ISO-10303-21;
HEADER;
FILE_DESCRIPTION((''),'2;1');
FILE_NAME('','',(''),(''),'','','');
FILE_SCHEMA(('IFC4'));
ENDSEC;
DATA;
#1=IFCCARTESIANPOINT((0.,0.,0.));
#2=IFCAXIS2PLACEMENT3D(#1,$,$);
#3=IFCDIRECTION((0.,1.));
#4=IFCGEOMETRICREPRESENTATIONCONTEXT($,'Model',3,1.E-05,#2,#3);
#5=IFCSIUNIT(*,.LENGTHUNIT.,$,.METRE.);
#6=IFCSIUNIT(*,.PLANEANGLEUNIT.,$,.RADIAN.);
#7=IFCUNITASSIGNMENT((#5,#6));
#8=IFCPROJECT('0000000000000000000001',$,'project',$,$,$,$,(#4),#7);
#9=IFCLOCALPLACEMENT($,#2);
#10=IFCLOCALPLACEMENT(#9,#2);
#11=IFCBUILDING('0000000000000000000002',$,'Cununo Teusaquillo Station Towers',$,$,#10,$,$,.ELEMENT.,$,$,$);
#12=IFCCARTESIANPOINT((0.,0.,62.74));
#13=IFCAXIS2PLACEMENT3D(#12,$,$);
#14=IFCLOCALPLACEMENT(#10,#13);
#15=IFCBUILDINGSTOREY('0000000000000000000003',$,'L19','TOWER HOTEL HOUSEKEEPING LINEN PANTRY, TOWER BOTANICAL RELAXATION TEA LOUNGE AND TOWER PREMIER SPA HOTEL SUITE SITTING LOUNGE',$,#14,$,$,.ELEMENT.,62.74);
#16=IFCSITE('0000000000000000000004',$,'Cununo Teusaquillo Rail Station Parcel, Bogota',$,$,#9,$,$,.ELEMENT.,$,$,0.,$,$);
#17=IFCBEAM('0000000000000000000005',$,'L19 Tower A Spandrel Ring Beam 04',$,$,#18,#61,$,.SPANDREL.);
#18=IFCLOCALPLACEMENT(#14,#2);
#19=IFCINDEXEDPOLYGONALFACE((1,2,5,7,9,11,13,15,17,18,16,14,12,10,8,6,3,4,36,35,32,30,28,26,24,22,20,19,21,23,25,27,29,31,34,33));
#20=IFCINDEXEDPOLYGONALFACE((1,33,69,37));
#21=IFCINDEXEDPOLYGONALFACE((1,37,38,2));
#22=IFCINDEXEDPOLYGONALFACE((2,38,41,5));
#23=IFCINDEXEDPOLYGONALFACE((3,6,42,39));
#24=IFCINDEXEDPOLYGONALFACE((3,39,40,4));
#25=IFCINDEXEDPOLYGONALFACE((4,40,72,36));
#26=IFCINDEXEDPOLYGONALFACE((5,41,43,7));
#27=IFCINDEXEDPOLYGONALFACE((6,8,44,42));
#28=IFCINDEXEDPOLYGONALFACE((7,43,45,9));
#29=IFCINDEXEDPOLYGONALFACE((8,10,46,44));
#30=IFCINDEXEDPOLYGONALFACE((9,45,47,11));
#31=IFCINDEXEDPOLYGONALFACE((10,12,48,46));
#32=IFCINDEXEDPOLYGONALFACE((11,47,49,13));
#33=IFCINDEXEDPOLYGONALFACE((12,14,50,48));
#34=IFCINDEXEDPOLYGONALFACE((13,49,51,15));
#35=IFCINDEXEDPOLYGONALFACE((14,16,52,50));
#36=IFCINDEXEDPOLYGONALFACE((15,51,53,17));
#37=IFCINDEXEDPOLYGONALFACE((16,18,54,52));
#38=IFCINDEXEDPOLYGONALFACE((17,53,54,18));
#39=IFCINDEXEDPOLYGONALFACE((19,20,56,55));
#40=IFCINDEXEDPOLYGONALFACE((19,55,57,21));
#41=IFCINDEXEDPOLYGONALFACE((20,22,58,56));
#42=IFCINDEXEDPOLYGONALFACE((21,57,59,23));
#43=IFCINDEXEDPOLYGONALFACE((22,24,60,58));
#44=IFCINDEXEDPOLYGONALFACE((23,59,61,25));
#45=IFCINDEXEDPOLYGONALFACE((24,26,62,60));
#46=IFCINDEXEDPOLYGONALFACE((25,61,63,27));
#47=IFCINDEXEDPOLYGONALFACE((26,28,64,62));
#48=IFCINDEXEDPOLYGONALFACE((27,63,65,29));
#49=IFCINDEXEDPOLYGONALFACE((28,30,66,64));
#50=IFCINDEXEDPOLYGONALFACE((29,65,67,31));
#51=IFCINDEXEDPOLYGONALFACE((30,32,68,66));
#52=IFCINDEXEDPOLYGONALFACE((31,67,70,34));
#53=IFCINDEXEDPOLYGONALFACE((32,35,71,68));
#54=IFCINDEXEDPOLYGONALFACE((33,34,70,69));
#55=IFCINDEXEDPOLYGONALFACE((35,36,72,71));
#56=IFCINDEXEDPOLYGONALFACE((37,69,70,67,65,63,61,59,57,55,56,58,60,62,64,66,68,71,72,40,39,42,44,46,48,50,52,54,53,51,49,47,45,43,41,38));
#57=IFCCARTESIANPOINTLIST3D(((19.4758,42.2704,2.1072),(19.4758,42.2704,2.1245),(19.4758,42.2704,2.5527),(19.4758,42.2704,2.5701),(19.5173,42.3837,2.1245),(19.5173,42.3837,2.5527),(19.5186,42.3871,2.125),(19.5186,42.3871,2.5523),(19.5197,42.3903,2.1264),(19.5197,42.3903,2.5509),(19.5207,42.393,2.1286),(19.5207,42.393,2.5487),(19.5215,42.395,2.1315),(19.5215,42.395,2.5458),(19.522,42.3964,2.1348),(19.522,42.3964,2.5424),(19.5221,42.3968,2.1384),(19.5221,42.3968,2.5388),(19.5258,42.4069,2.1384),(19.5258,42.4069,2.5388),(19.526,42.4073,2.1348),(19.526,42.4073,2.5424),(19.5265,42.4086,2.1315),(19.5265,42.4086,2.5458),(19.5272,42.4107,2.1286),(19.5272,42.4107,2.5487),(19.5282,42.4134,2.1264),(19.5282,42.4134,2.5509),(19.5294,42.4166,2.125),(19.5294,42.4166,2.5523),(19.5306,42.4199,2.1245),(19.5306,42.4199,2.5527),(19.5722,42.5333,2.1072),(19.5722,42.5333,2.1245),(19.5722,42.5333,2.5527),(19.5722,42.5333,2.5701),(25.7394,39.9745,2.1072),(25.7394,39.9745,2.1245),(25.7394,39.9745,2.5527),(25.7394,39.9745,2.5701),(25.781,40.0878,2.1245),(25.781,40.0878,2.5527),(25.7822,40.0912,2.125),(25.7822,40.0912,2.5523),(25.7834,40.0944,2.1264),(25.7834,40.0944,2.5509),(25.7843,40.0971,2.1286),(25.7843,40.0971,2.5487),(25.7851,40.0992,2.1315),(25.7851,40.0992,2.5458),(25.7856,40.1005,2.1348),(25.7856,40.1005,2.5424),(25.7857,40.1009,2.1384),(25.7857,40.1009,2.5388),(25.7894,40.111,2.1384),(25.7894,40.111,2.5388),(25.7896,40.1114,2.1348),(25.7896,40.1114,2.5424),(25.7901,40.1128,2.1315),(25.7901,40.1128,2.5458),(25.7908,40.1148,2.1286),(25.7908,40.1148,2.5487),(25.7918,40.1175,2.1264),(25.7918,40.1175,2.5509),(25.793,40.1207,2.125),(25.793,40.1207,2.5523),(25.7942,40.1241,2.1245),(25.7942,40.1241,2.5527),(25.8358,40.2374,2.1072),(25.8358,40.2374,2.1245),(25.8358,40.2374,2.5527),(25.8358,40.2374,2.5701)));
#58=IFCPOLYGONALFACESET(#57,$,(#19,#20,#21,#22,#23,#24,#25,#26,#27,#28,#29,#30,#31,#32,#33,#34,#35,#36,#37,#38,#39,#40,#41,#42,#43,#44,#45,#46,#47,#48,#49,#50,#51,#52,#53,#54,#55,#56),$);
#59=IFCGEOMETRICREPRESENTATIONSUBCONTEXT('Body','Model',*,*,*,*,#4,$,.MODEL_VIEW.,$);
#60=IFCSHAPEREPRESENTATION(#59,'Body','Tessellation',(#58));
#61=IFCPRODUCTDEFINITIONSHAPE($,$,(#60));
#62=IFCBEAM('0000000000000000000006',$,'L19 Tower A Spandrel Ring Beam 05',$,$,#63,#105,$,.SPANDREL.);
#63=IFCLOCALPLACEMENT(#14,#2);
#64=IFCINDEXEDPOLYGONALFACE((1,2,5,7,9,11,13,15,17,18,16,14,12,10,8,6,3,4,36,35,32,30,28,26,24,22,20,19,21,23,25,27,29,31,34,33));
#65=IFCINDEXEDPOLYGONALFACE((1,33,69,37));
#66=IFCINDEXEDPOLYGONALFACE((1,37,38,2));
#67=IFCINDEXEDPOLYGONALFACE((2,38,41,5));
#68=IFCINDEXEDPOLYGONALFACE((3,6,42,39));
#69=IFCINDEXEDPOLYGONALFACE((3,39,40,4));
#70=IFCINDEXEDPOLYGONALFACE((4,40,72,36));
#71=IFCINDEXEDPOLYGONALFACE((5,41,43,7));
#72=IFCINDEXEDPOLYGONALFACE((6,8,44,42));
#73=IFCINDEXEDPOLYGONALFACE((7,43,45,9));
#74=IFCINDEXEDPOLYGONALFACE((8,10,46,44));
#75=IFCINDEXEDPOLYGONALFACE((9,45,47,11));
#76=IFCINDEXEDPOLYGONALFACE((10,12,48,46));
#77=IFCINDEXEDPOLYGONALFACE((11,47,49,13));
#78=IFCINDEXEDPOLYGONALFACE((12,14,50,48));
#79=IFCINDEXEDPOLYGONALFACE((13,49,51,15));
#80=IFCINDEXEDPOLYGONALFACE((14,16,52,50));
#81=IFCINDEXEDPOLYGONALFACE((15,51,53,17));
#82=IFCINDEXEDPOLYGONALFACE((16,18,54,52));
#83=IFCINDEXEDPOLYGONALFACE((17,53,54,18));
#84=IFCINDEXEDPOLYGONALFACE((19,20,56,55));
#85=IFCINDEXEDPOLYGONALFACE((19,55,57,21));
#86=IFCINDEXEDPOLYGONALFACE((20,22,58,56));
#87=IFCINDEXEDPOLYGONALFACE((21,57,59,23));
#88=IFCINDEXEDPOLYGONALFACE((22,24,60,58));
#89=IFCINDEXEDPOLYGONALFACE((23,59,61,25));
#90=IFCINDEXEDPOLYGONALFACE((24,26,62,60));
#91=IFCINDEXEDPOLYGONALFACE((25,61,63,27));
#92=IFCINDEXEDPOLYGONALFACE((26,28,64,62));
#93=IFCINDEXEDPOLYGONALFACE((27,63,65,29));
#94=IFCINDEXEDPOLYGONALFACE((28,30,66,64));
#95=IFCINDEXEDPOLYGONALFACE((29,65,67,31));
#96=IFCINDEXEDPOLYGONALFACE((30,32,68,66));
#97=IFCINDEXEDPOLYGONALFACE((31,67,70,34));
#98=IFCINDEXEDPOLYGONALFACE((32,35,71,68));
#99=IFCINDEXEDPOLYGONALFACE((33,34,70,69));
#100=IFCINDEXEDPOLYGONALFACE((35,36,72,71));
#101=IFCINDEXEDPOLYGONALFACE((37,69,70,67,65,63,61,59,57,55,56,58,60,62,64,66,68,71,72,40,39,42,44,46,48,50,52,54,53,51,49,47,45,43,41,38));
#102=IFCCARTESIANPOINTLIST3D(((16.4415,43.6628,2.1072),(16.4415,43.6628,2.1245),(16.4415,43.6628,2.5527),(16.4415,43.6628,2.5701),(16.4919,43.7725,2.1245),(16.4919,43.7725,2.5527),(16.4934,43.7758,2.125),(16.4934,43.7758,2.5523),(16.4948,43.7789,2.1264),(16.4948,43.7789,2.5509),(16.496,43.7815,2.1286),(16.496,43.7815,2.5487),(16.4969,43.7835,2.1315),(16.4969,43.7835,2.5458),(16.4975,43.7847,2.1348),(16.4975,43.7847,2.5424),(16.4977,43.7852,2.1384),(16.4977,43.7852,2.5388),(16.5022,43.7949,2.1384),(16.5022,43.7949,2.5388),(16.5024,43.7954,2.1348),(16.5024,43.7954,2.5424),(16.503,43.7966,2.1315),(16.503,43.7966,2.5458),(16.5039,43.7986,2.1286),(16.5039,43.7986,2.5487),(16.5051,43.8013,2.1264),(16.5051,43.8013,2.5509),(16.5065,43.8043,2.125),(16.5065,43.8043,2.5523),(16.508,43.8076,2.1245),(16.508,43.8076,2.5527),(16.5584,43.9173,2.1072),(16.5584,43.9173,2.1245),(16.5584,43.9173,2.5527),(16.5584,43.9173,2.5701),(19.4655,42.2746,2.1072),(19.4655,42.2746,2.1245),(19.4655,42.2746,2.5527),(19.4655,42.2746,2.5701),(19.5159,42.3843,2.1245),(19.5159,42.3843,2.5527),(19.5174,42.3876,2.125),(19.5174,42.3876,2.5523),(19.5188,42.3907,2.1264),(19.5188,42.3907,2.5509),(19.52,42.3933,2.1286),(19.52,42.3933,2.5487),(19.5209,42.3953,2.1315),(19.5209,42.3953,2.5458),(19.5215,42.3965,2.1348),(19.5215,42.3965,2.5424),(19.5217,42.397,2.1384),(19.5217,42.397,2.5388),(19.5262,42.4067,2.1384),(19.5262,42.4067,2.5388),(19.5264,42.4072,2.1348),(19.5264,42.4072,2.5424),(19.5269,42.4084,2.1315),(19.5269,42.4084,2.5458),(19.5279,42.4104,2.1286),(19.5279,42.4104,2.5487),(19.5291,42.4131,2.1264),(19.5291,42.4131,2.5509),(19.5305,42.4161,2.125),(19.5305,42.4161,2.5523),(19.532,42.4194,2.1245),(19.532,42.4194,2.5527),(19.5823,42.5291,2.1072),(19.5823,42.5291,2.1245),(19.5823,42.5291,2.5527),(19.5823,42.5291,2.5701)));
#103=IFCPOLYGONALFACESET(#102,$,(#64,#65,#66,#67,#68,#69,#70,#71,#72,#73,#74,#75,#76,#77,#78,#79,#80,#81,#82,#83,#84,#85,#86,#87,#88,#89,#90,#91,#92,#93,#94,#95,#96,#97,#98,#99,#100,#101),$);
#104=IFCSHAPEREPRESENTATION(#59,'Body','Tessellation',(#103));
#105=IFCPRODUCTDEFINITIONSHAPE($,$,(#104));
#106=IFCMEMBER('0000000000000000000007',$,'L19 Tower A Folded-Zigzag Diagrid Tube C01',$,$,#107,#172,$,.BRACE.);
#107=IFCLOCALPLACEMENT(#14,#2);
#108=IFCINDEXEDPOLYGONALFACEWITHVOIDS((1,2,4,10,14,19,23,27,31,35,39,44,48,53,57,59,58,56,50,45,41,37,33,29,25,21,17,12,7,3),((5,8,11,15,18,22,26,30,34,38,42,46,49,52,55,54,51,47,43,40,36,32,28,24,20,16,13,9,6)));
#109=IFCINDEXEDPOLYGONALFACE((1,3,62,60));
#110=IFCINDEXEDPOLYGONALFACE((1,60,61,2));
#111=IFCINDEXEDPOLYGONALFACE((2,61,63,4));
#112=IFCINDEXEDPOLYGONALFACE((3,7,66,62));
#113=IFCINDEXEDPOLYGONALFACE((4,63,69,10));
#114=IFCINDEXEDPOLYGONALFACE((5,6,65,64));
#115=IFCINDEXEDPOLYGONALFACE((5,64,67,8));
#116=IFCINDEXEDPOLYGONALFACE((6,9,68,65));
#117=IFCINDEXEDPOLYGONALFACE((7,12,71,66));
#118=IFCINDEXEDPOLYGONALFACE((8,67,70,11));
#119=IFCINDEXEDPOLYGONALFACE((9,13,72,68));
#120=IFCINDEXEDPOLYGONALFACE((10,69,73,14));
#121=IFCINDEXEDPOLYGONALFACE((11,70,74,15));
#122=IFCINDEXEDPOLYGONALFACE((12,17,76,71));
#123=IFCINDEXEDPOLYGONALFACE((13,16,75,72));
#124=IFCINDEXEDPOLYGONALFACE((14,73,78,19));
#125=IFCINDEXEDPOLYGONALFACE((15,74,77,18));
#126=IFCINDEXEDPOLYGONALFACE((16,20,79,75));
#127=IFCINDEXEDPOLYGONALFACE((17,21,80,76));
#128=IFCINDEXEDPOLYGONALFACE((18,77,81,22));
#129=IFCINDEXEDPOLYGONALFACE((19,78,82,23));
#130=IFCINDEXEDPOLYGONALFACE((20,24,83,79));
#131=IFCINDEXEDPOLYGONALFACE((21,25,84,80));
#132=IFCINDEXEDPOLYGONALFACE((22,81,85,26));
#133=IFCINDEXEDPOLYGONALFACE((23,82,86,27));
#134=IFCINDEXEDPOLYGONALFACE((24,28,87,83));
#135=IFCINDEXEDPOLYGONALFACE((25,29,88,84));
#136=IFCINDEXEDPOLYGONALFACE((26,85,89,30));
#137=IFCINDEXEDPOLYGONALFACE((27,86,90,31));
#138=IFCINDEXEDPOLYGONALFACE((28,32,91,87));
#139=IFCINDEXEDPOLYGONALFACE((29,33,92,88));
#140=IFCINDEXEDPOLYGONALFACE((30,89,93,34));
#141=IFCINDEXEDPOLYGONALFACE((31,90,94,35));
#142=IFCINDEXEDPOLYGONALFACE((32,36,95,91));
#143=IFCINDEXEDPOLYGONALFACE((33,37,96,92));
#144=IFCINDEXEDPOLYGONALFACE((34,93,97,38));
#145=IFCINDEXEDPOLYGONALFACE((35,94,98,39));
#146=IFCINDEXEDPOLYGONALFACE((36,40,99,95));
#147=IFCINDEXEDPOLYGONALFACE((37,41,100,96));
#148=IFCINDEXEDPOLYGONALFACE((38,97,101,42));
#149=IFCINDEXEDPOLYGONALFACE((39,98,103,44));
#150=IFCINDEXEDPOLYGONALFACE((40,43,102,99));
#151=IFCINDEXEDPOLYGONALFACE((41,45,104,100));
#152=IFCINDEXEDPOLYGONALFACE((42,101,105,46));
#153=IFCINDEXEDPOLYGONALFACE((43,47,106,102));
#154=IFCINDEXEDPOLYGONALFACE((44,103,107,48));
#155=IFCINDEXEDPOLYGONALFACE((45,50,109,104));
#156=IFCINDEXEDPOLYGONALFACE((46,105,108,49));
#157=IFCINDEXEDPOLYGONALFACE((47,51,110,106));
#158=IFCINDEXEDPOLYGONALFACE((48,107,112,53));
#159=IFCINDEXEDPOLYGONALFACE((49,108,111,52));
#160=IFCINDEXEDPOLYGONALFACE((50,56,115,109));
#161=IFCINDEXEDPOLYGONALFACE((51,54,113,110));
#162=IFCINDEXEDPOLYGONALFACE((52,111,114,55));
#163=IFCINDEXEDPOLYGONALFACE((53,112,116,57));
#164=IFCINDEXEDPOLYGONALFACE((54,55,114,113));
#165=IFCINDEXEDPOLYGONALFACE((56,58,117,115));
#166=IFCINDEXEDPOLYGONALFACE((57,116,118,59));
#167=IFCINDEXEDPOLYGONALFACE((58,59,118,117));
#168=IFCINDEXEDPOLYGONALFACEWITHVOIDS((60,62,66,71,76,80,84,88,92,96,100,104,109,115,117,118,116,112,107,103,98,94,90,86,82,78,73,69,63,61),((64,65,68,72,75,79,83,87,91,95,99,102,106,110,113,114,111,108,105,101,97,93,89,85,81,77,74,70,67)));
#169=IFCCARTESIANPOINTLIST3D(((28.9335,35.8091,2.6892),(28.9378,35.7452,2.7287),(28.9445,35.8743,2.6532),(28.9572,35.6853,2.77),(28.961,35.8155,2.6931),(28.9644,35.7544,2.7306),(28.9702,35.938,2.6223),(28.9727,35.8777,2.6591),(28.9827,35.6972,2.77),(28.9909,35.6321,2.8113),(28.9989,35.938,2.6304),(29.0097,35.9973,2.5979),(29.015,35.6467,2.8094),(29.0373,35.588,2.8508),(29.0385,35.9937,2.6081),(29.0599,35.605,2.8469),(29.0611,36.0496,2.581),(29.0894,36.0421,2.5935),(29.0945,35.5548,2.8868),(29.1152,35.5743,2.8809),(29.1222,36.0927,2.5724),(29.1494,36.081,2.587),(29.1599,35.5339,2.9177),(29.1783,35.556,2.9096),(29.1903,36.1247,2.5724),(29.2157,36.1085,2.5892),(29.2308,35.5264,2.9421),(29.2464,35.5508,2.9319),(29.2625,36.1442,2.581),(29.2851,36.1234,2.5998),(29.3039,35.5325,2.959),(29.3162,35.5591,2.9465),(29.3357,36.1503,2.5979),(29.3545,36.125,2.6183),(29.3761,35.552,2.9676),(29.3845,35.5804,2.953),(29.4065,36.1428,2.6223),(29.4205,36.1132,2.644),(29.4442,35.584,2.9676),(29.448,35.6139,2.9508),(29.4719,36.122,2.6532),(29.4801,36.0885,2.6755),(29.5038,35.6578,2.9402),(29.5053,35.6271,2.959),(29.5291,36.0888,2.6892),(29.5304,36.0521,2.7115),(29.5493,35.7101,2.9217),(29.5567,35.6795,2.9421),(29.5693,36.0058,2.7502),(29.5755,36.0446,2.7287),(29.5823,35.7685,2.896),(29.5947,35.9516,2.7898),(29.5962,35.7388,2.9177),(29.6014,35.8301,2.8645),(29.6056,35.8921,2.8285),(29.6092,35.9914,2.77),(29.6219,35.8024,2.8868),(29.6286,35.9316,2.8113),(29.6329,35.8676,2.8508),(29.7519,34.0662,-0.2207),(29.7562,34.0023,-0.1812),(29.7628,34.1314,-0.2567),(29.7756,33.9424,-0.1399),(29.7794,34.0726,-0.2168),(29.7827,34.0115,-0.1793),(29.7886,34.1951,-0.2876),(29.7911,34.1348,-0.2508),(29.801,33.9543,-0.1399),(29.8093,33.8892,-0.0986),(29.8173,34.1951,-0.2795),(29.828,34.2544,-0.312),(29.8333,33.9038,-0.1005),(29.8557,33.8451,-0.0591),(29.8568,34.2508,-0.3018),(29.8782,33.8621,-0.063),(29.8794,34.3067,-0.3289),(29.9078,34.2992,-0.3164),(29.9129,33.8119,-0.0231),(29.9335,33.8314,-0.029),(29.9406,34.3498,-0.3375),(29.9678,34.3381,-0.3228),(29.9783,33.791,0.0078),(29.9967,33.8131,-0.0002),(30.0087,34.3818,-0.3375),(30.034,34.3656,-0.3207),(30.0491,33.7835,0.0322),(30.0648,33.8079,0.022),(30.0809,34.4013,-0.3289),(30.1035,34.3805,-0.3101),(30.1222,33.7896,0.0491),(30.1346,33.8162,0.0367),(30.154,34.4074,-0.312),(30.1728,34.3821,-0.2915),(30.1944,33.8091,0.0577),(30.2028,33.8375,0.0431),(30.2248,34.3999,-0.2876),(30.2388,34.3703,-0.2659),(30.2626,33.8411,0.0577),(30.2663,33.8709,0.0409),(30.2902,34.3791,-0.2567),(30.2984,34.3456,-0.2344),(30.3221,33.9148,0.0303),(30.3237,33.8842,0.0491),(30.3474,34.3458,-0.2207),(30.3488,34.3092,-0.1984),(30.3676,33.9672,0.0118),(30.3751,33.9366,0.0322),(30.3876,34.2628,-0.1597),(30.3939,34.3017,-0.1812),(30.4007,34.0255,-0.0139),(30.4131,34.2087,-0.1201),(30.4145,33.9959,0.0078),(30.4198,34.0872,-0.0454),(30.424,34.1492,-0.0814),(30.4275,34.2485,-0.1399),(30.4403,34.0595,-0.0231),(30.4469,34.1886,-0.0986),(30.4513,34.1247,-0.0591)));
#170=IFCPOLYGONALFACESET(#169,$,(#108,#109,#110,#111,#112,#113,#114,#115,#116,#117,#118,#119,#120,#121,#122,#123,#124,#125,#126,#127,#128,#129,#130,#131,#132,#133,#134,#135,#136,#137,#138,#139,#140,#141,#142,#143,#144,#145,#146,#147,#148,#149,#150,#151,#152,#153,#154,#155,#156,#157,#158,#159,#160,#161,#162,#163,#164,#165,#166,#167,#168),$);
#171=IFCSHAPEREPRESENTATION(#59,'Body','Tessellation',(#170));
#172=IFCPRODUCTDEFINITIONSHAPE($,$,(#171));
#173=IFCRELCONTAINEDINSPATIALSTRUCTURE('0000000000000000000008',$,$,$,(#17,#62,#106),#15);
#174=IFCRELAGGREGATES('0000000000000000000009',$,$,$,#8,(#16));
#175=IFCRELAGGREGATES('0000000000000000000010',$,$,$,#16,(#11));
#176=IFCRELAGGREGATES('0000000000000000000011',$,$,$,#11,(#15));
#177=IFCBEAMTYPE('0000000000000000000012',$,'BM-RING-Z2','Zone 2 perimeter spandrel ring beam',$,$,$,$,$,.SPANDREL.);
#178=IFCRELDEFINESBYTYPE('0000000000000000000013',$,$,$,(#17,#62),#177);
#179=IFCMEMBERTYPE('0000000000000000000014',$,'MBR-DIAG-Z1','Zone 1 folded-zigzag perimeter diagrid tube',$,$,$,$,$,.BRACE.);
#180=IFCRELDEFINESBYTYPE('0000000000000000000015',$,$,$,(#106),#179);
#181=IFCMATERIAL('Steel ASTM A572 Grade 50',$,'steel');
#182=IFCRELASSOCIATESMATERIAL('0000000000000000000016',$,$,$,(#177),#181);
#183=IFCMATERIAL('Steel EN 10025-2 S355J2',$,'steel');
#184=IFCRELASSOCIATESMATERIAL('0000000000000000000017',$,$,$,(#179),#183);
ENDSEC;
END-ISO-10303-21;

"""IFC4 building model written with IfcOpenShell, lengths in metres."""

from ifc_helpers import new_model, si_unit, direction, frame, origin, origin_2d, place, context, subcontext, project, spatial, hollow_circle, i_section, extrude, material, material_profile, profile_set, type_object, element, save


model = new_model("IFC4")

# Units and contexts
model_context = context("Model", 3, precision=1e-05, world=origin(), true_north=direction((0.0, 1.0)))
body_context = subcontext(model_context, "Body", "Model", "MODEL_VIEW")
ifc_project = project(units=[si_unit("LENGTHUNIT", "METRE"), si_unit("PLANEANGLEUNIT", "RADIAN")], contexts=[model_context])

# Site, building, storey
site_placement = place(None, origin())
site = spatial("IfcSite", under=ifc_project, at=site_placement, Name="Cununo Teusaquillo Rail Station Parcel, Bogota", CompositionType="ELEMENT", RefElevation=0.0)
building_placement = place(site_placement, origin())
building = spatial("IfcBuilding", under=site, at=building_placement, Name="Cununo Teusaquillo Station Towers", CompositionType="ELEMENT")
storey_placement = place(building_placement, frame((0.0, 0.0, 62.74)))
storey = spatial("IfcBuildingStorey", under=building, at=storey_placement, Name="L19", Description="TOWER HOTEL HOUSEKEEPING LINEN PANTRY, TOWER BOTANICAL RELAXATION TEA LOUNGE AND TOWER PREMIER SPA HOTEL SUITE SITTING LOUNGE", CompositionType="ELEMENT", Elevation=62.74)

# Beams
ifc_material_1 = material(Name="Steel ASTM A572 Grade 50", Category="steel")
ifc_material_profile_1 = material_profile(ifc_material_1, i_section(OverallWidth=0.28, OverallDepth=0.4629, WebThickness=0.0107, FlangeThickness=0.0173, FilletRadius=0.0139, at=origin_2d()), Name="W18X76")
ifc_profile_set_1 = profile_set([ifc_material_profile_1], Name="Steel ASTM A572 Grade 50")
beam_type_1 = type_object("IfcBeamType", Name="BM-RING-Z2", Description="Zone 2 perimeter spandrel ring beam", PredefinedType="SPANDREL", material=ifc_profile_set_1)
beam_1_placement = place(storey_placement, frame((25.7876, 40.106, 2.3386), z_axis=(-0.938914, 0.344151, 0.0), x_axis=(-0.344151, -0.938914, 0.0)))
element("IfcBeam", 1, at=beam_1_placement, inside=storey, type_object=beam_type_1, Name="L19 Tower A Spandrel Ring Beam 04", PredefinedType="SPANDREL", context=body_context, shape_type="SweptSolid", body=[
    extrude(i_section(OverallWidth=0.28, OverallDepth=0.4629, WebThickness=0.0107, FlangeThickness=0.0173, FilletRadius=0.0139, at=origin_2d()), origin(), (0.0, 0.0, 1.0), 6.6711),
])
beam_2_placement = place(storey_placement, frame((19.5239, 42.4019, 2.3386), z_axis=(-0.908812, 0.417205, 0.0), x_axis=(-0.417205, -0.908812, 0.0)))
element("IfcBeam", 2, at=beam_2_placement, inside=storey, type_object=beam_type_1, Name="L19 Tower A Spandrel Ring Beam 05", PredefinedType="SPANDREL", context=body_context, shape_type="SweptSolid", body=[
    extrude(i_section(OverallWidth=0.28, OverallDepth=0.4629, WebThickness=0.0107, FlangeThickness=0.0173, FilletRadius=0.0139, at=origin_2d()), origin(), (0.0, 0.0, 1.0), 3.3274),
])

# Member
ifc_material_2 = material(Name="Steel EN 10025-2 S355J2", Category="steel")
ifc_material_profile_2 = material_profile(ifc_material_2, hollow_circle(Radius=0.3601, WallThickness=0.0281, at=origin_2d()), Name="CHS 720x28")
ifc_profile_set_2 = profile_set([ifc_material_profile_2], Name="Steel EN 10025-2 S355J2")
member_type = type_object("IfcMemberType", Name="MBR-DIAG-Z1", Description="Zone 1 folded-zigzag perimeter diagrid tube", PredefinedType="BRACE", material=ifc_profile_set_2)
member_1_placement = place(storey_placement, frame((30.1016, 34.0955, -0.1399), z_axis=(-0.234535, 0.499507, 0.833958), x_axis=(-0.905186, -0.425015, 0.0)))
element("IfcMember", 3, at=member_1_placement, inside=storey, type_object=member_type, Name="L19 Tower A Folded-Zigzag Diagrid Tube C01", PredefinedType="BRACE", context=body_context, shape_type="SweptSolid", body=[
    extrude(hollow_circle(Radius=0.3601, WallThickness=0.0281, at=origin_2d()), origin(), (0.0, 0.0, 1.0), 3.4893),
])

save(model, "model.ifc")
